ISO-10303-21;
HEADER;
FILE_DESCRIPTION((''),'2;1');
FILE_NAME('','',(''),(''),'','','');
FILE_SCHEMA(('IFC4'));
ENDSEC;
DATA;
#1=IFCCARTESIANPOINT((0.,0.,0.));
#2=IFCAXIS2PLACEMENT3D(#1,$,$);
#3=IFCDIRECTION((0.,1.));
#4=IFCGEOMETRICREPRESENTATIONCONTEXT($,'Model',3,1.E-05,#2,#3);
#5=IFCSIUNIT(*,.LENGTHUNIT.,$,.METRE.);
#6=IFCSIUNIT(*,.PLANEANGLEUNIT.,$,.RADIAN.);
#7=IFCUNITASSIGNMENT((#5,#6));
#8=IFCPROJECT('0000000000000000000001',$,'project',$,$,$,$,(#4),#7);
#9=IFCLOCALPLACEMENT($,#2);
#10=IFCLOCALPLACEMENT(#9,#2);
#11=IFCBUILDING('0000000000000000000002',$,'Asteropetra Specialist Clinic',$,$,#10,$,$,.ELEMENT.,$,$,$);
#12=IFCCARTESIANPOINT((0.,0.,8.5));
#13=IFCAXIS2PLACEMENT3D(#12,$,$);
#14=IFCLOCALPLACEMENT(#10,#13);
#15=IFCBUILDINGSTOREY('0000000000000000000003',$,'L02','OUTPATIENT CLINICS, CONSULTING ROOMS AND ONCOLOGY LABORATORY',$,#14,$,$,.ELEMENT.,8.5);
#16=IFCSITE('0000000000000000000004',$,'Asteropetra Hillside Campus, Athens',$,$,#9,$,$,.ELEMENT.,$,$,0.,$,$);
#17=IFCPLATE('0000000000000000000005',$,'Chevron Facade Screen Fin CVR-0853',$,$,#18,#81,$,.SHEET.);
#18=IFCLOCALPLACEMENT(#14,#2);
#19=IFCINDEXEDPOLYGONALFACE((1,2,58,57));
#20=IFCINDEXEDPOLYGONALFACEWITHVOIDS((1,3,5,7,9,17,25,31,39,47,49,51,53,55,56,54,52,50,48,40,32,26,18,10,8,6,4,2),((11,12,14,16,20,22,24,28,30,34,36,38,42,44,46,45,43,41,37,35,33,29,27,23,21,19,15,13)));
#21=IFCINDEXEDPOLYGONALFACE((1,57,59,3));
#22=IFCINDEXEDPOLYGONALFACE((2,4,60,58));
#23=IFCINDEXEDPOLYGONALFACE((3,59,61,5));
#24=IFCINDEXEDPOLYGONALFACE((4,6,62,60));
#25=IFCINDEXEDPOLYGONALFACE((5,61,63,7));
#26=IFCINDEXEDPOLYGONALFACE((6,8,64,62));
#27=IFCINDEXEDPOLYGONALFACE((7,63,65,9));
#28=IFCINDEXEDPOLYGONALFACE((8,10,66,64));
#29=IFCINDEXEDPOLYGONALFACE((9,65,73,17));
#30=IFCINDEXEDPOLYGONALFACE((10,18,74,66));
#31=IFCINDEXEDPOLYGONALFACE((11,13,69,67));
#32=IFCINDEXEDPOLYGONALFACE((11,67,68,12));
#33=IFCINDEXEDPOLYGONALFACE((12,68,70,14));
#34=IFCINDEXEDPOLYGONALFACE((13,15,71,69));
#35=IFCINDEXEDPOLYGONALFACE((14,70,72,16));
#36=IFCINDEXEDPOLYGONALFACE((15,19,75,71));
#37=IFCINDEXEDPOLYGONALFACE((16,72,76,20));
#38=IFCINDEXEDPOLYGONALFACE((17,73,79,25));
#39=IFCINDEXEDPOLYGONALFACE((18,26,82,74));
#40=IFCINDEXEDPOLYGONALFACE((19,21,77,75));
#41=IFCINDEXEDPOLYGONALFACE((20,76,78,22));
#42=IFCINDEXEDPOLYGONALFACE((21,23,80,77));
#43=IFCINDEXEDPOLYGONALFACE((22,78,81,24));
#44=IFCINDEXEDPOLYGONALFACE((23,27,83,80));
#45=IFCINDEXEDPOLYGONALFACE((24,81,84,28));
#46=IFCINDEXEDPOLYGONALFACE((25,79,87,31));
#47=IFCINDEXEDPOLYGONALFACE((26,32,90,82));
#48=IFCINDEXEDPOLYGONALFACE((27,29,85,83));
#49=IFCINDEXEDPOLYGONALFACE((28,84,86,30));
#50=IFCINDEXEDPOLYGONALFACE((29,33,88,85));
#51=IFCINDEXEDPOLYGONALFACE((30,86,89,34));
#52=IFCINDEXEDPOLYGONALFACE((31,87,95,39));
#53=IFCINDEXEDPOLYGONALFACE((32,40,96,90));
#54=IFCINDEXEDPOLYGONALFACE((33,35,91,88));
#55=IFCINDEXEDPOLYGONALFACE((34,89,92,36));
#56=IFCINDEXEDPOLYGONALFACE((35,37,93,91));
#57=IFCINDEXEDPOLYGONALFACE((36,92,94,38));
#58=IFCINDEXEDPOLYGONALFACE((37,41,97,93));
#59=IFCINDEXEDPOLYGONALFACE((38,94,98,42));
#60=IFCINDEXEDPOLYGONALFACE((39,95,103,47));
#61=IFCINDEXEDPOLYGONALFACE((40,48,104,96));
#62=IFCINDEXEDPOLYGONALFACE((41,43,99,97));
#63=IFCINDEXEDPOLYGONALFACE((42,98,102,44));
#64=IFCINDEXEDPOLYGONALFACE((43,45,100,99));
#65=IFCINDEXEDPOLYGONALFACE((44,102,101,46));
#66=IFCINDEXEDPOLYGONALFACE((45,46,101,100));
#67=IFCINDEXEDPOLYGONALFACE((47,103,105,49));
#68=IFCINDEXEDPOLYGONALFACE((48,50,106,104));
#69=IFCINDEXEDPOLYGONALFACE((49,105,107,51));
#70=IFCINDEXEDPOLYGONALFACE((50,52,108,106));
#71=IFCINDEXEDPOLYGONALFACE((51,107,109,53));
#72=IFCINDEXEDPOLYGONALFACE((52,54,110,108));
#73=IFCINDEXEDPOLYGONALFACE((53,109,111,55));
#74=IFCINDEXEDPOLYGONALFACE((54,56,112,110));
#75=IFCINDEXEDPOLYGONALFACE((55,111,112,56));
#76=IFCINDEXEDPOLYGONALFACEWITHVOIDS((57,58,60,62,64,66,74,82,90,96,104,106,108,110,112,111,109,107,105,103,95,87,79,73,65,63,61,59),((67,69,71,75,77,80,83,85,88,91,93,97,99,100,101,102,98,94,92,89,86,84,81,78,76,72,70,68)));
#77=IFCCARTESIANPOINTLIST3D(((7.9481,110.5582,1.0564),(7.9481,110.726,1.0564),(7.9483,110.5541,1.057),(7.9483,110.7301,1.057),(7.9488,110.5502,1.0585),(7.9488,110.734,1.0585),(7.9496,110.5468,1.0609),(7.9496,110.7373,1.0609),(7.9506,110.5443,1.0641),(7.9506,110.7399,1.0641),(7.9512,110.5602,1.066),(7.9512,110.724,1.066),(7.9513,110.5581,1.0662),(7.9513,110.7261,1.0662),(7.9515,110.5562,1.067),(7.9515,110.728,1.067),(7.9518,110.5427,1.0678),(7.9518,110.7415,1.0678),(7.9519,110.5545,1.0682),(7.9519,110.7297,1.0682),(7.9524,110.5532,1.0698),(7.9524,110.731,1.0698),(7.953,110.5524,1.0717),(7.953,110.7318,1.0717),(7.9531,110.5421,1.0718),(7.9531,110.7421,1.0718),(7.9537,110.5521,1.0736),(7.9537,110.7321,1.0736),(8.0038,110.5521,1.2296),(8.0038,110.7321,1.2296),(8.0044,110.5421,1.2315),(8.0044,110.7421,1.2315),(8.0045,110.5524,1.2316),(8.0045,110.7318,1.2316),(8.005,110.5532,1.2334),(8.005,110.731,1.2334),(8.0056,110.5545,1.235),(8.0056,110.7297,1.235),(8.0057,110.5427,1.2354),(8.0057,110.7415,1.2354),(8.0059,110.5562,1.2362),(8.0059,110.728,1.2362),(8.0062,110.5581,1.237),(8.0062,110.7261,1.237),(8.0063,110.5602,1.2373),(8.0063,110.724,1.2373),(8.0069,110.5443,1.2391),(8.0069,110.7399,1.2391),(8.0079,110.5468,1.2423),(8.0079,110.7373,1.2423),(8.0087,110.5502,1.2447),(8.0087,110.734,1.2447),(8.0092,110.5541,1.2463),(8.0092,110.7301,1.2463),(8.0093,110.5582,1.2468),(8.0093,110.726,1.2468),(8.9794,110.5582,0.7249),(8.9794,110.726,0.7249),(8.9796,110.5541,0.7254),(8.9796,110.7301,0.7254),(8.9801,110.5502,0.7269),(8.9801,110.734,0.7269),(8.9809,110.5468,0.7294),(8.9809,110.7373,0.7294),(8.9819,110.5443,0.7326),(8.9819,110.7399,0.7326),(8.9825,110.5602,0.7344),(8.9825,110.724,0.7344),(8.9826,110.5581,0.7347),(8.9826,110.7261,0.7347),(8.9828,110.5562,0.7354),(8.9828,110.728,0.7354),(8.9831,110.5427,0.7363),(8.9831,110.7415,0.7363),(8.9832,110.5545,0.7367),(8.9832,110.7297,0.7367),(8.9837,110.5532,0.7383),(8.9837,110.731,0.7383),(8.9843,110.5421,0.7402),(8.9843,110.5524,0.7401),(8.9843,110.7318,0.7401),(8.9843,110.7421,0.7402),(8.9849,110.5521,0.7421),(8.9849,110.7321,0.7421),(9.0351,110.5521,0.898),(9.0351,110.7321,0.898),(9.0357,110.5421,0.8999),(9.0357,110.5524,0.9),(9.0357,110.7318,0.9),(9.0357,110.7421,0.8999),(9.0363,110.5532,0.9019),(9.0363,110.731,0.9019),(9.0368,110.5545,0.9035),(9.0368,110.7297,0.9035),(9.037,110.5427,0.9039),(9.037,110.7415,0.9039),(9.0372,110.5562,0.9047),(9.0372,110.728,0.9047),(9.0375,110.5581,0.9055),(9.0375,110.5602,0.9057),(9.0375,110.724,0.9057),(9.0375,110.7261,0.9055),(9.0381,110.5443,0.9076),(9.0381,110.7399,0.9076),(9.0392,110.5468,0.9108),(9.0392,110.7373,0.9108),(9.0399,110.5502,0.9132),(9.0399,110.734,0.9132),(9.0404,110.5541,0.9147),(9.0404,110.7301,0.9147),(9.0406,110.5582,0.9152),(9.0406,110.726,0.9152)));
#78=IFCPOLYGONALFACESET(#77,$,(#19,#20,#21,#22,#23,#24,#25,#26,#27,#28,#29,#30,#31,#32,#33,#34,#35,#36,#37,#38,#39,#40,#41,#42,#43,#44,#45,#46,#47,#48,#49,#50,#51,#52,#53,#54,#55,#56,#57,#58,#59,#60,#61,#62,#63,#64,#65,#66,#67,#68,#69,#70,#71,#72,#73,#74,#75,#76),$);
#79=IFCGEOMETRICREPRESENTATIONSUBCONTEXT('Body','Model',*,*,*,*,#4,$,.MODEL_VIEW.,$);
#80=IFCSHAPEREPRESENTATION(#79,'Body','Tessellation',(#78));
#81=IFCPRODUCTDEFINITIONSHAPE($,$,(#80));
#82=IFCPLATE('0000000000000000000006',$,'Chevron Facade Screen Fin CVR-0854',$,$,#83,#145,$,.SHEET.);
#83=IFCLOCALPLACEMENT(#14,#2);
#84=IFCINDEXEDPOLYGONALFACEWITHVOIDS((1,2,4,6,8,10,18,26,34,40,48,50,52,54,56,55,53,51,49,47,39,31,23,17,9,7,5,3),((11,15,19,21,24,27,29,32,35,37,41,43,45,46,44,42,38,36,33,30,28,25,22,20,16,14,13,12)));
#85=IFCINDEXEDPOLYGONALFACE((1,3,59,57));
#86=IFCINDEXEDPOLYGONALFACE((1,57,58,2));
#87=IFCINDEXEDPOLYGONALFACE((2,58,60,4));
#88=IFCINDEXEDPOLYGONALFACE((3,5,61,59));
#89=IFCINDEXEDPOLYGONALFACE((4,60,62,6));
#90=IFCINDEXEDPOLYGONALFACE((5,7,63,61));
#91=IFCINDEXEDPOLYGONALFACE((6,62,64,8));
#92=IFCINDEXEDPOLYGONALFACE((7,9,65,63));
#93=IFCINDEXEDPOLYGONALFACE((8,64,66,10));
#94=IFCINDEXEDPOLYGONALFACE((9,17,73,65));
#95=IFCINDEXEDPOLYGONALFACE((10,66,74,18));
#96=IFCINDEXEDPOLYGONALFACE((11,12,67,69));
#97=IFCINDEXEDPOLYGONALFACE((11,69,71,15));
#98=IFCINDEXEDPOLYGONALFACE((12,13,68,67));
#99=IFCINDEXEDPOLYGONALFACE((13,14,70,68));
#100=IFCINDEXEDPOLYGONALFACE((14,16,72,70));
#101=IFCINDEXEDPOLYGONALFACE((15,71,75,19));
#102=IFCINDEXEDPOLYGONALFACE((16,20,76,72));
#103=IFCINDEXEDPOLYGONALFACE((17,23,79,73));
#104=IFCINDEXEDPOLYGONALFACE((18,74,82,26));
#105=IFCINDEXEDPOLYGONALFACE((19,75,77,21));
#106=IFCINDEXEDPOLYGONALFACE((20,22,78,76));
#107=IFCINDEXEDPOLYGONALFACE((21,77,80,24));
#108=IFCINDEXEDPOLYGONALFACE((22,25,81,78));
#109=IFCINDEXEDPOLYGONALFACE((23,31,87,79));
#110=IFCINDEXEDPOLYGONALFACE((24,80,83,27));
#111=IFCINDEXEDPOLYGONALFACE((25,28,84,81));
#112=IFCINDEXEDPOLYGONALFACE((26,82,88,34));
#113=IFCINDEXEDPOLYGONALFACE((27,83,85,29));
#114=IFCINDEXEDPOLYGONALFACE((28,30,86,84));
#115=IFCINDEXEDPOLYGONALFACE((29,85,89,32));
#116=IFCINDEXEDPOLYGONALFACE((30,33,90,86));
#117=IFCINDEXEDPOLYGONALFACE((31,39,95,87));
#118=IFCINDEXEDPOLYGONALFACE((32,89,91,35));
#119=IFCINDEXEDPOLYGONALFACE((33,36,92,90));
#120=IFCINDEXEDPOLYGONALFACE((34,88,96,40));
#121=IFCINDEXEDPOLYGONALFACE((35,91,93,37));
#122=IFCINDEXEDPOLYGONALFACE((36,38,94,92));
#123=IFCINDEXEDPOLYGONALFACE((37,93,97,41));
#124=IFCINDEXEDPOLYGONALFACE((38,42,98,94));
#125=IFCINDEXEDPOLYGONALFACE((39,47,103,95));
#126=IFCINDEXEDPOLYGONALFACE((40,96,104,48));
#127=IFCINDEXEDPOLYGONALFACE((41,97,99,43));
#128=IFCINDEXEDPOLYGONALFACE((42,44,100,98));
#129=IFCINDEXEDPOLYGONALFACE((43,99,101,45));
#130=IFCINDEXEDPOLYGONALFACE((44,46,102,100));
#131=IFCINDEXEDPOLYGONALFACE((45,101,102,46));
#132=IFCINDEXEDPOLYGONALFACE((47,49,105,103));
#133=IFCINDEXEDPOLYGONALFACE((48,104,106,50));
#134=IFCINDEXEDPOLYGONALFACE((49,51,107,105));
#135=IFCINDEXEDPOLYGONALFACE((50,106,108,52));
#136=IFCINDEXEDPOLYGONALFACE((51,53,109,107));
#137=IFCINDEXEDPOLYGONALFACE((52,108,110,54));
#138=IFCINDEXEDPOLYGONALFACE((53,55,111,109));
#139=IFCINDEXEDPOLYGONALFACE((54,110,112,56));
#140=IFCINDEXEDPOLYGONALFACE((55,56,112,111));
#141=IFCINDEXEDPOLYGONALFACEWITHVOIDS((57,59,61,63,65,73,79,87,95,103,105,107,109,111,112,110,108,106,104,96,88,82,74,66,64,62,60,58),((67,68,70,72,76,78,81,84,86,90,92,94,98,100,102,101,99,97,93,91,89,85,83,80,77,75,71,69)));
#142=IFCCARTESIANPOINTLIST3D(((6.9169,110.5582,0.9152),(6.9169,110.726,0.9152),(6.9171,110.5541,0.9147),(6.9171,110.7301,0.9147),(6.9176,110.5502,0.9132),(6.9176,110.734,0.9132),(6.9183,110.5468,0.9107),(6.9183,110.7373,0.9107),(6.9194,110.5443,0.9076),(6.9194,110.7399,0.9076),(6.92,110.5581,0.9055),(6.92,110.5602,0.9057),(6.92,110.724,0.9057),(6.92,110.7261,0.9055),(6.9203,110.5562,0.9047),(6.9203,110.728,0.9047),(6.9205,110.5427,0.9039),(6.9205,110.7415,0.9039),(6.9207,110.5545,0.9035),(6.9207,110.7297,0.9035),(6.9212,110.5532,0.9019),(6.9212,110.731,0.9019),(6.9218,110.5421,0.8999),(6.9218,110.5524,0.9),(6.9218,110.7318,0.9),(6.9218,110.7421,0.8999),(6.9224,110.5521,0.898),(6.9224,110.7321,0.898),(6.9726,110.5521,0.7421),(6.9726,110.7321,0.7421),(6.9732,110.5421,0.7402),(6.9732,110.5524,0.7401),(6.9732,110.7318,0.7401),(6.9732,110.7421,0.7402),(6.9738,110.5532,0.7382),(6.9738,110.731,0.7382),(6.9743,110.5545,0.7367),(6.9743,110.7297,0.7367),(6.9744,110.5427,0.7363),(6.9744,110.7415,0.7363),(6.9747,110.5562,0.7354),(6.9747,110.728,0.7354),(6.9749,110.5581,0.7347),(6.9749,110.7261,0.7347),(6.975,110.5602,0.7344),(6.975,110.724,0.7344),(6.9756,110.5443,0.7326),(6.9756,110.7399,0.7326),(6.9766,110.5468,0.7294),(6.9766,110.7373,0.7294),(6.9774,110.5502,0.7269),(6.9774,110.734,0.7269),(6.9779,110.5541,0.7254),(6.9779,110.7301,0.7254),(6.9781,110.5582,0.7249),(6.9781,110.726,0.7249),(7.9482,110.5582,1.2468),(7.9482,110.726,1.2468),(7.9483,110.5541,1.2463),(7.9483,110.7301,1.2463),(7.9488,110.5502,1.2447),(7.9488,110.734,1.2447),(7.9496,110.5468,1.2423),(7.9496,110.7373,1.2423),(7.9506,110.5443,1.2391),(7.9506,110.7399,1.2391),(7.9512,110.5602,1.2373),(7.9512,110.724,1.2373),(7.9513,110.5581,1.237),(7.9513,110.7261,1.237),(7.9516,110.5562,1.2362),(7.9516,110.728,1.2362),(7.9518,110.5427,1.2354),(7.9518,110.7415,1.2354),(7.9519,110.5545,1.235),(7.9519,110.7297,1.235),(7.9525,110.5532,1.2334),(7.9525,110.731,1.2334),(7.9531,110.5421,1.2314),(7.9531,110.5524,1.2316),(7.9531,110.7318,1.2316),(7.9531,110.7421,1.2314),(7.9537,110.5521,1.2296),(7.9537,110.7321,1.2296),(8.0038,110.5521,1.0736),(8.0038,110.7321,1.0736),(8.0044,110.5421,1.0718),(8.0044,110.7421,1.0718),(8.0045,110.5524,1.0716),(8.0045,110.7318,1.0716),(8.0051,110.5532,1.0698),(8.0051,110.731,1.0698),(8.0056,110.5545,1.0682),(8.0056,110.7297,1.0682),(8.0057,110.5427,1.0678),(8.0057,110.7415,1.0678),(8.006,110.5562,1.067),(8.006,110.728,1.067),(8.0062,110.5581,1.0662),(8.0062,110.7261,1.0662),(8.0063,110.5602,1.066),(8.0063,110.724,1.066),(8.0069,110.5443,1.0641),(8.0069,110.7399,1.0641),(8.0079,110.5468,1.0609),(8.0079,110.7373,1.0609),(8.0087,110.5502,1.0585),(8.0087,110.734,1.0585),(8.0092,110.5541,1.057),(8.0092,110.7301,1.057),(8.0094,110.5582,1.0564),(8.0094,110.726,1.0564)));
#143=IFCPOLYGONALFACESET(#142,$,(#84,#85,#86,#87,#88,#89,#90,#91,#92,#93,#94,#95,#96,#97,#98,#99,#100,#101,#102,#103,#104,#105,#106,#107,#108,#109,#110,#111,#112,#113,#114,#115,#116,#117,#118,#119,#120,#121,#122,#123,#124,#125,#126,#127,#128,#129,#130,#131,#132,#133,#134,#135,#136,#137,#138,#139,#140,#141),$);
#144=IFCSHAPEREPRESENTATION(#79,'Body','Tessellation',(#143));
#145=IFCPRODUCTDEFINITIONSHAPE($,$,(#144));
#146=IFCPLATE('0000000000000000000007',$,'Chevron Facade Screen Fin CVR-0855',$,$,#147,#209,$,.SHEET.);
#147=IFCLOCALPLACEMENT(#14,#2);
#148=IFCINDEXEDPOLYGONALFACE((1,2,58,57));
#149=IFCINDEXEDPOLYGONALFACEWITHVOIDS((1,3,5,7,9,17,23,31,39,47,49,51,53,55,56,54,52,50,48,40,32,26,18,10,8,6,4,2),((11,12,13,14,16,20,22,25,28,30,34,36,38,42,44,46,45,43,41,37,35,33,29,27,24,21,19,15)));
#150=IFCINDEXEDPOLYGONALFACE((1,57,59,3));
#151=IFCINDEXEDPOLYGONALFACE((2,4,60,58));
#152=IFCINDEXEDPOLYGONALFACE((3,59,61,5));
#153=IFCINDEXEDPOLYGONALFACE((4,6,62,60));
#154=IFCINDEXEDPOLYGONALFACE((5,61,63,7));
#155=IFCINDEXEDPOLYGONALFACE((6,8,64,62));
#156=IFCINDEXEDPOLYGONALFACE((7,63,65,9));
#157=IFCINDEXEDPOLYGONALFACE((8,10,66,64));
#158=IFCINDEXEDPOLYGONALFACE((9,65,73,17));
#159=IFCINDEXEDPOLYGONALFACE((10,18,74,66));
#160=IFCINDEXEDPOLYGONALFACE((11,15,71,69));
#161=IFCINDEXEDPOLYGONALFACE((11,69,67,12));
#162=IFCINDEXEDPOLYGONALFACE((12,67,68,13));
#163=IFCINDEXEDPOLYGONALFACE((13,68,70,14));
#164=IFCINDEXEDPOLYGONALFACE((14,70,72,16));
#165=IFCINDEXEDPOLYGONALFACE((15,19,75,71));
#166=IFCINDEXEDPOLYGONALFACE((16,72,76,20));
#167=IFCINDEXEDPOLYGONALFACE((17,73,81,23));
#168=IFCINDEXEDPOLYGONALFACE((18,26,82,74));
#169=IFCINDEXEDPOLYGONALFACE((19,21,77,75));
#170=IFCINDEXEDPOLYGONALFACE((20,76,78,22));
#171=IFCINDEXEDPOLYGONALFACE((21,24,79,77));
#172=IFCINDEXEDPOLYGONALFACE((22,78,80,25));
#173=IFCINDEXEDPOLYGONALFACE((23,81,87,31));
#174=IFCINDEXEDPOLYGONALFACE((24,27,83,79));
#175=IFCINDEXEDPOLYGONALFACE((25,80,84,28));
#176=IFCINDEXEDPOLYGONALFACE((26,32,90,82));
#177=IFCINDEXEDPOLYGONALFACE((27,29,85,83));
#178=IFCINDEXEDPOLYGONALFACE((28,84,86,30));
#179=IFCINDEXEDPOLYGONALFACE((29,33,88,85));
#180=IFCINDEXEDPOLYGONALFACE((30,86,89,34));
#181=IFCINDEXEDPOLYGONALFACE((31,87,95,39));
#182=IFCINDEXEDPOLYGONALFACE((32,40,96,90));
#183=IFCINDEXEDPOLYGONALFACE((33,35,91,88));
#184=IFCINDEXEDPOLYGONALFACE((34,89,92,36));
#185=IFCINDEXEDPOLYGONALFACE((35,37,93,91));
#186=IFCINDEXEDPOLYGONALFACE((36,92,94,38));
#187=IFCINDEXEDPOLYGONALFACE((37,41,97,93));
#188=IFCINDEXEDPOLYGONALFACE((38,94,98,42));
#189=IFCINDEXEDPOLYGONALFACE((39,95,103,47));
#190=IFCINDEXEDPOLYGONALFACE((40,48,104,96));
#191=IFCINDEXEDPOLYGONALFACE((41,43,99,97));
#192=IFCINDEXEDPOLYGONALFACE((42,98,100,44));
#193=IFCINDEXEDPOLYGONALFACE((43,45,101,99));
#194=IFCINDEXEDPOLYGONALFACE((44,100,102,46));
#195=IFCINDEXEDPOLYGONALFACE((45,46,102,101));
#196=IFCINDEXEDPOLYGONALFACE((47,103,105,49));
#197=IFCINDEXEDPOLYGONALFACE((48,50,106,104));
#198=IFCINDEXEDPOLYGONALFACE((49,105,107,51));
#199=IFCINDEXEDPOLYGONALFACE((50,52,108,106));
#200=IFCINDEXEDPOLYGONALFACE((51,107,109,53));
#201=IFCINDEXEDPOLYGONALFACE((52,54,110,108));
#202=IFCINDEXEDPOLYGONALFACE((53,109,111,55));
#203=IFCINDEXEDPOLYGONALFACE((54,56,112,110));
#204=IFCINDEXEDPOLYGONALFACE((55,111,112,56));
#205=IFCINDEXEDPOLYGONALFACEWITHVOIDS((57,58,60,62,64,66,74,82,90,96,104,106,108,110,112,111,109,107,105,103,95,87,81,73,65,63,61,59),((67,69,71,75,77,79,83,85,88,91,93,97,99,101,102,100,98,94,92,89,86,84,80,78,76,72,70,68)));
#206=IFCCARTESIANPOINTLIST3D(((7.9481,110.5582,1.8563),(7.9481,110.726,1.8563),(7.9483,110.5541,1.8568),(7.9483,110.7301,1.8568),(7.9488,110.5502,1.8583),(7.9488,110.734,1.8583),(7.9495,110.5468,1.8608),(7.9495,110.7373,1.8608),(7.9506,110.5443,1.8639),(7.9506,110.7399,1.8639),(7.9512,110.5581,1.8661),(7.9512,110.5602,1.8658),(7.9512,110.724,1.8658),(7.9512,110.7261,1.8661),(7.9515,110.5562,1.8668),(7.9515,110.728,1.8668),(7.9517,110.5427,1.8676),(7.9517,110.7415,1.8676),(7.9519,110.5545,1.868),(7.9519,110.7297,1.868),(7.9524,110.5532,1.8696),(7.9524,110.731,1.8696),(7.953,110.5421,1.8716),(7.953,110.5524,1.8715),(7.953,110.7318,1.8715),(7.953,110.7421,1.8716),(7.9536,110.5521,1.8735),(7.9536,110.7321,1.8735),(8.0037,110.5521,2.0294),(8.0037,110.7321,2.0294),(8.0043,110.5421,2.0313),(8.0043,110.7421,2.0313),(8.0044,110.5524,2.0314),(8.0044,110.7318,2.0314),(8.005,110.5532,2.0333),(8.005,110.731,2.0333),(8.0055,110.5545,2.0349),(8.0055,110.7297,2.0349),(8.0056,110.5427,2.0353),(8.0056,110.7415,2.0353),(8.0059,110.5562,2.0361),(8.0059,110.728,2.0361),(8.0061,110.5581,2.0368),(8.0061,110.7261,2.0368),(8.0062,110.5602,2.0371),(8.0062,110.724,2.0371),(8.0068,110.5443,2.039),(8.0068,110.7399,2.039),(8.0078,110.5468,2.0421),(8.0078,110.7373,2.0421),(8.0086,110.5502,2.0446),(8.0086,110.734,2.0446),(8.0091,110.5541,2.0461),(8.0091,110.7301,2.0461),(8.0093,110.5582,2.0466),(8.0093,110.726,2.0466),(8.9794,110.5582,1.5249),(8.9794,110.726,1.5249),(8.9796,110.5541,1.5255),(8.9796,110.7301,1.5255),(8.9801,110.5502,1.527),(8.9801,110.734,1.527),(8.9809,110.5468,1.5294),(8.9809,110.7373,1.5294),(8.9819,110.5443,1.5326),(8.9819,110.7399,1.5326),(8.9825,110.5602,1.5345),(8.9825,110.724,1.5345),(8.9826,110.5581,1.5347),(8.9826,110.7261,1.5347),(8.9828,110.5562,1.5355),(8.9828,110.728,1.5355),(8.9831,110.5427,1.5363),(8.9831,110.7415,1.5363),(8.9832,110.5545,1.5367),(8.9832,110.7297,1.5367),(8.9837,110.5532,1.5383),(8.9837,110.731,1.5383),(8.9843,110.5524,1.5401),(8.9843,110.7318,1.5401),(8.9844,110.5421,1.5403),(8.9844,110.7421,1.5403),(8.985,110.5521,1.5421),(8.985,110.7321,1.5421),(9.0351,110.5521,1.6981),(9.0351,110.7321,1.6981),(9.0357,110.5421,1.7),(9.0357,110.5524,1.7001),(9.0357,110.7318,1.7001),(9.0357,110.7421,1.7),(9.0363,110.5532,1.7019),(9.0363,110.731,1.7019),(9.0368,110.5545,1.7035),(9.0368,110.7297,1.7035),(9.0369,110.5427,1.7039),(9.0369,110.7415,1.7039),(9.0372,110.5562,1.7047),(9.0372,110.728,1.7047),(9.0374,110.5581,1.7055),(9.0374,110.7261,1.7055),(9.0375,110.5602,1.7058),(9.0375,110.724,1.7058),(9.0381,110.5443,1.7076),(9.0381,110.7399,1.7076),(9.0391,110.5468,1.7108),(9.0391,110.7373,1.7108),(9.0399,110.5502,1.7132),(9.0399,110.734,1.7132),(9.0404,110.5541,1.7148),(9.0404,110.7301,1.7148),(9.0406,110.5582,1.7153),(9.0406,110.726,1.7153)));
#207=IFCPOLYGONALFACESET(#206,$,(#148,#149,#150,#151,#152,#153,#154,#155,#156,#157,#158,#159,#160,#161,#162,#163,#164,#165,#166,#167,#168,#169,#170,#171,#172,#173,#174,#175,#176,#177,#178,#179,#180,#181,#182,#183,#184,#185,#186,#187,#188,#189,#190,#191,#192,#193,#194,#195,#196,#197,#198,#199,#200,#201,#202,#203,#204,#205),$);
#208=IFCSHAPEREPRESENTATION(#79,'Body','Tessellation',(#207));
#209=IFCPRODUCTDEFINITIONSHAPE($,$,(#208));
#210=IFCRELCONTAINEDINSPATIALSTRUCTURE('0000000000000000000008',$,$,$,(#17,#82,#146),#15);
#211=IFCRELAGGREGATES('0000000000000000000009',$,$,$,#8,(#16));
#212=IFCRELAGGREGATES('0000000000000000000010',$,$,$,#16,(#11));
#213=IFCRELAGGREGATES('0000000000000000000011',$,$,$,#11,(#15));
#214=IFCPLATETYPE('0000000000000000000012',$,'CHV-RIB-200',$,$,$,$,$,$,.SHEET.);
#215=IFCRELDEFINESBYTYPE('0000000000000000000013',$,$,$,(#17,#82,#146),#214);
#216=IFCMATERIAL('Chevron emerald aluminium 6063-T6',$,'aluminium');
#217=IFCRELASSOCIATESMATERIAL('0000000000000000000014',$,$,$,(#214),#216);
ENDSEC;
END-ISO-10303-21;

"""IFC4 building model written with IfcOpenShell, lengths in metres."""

from ifc_helpers import new_model, si_unit, direction, frame, origin, origin_2d, place, context, subcontext, project, spatial, hollow_rectangle, extrude, material, material_profile, profile_set, type_object, element, save


model = new_model("IFC4")

# Units and contexts
model_context = context("Model", 3, precision=1e-05, world=origin(), true_north=direction((0.0, 1.0)))
body_context = subcontext(model_context, "Body", "Model", "MODEL_VIEW")
ifc_project = project(units=[si_unit("LENGTHUNIT", "METRE"), si_unit("PLANEANGLEUNIT", "RADIAN")], contexts=[model_context])

# Site, building, storey
site_placement = place(None, origin())
site = spatial("IfcSite", under=ifc_project, at=site_placement, Name="Asteropetra Hillside Campus, Athens", CompositionType="ELEMENT", RefElevation=0.0)
building_placement = place(site_placement, origin())
building = spatial("IfcBuilding", under=site, at=building_placement, Name="Asteropetra Specialist Clinic", CompositionType="ELEMENT")
storey_placement = place(building_placement, frame((0.0, 0.0, 8.5)))
storey = spatial("IfcBuildingStorey", under=building, at=storey_placement, Name="L02", Description="OUTPATIENT CLINICS, CONSULTING ROOMS AND ONCOLOGY LABORATORY", CompositionType="ELEMENT", Elevation=8.5)

# Plates
ifc_material_1 = material(Name="Chevron emerald aluminium 6063-T6", Category="aluminium")
ifc_material_profile_1 = material_profile(ifc_material_1, hollow_rectangle(XDim=0.2, YDim=0.2, WallThickness=0.01, InnerFilletRadius=0.0081, OuterFilletRadius=0.0161, at=origin_2d()), Name="SHS 200x200x10.0")
ifc_profile_set_1 = profile_set([ifc_material_profile_1], Name="Chevron emerald aluminium 6063-T6")
plate_type_1 = type_object("IfcPlateType", Name="CHV-RIB-200", PredefinedType="SHEET", material=ifc_profile_set_1)
for number, where, z_axis, x_axis, name in (
    (1, (9.01, 110.6421, 0.8201), (-0.95201, 0.0, 0.306068), (0.0, -1.0, 0.0), "Chevron Facade Screen Fin CVR-0853"),
    (2, (7.9788, 110.6421, 1.1516), (-0.95201, 0.0, -0.306068), (0.0, -1.0, 0.0), "Chevron Facade Screen Fin CVR-0854"),
    (3, (9.01, 110.6421, 1.6201), (-0.952075, 0.0, 0.305863), (0.0, -1.0, 0.0), "Chevron Facade Screen Fin CVR-0855"),
):
    element("IfcPlate", number, at=place(storey_placement, frame(where, z_axis=z_axis, x_axis=x_axis)), inside=storey, type_object=plate_type_1, Name=name, PredefinedType="SHEET", context=body_context, shape_type="SweptSolid", body=[
        extrude(hollow_rectangle(XDim=0.2, YDim=0.2, WallThickness=0.01, InnerFilletRadius=0.0081, OuterFilletRadius=0.0161, at=origin_2d()), origin(), (0.0, 0.0, 1.0), 1.0833),
    ])

save(model, "model.ifc")
